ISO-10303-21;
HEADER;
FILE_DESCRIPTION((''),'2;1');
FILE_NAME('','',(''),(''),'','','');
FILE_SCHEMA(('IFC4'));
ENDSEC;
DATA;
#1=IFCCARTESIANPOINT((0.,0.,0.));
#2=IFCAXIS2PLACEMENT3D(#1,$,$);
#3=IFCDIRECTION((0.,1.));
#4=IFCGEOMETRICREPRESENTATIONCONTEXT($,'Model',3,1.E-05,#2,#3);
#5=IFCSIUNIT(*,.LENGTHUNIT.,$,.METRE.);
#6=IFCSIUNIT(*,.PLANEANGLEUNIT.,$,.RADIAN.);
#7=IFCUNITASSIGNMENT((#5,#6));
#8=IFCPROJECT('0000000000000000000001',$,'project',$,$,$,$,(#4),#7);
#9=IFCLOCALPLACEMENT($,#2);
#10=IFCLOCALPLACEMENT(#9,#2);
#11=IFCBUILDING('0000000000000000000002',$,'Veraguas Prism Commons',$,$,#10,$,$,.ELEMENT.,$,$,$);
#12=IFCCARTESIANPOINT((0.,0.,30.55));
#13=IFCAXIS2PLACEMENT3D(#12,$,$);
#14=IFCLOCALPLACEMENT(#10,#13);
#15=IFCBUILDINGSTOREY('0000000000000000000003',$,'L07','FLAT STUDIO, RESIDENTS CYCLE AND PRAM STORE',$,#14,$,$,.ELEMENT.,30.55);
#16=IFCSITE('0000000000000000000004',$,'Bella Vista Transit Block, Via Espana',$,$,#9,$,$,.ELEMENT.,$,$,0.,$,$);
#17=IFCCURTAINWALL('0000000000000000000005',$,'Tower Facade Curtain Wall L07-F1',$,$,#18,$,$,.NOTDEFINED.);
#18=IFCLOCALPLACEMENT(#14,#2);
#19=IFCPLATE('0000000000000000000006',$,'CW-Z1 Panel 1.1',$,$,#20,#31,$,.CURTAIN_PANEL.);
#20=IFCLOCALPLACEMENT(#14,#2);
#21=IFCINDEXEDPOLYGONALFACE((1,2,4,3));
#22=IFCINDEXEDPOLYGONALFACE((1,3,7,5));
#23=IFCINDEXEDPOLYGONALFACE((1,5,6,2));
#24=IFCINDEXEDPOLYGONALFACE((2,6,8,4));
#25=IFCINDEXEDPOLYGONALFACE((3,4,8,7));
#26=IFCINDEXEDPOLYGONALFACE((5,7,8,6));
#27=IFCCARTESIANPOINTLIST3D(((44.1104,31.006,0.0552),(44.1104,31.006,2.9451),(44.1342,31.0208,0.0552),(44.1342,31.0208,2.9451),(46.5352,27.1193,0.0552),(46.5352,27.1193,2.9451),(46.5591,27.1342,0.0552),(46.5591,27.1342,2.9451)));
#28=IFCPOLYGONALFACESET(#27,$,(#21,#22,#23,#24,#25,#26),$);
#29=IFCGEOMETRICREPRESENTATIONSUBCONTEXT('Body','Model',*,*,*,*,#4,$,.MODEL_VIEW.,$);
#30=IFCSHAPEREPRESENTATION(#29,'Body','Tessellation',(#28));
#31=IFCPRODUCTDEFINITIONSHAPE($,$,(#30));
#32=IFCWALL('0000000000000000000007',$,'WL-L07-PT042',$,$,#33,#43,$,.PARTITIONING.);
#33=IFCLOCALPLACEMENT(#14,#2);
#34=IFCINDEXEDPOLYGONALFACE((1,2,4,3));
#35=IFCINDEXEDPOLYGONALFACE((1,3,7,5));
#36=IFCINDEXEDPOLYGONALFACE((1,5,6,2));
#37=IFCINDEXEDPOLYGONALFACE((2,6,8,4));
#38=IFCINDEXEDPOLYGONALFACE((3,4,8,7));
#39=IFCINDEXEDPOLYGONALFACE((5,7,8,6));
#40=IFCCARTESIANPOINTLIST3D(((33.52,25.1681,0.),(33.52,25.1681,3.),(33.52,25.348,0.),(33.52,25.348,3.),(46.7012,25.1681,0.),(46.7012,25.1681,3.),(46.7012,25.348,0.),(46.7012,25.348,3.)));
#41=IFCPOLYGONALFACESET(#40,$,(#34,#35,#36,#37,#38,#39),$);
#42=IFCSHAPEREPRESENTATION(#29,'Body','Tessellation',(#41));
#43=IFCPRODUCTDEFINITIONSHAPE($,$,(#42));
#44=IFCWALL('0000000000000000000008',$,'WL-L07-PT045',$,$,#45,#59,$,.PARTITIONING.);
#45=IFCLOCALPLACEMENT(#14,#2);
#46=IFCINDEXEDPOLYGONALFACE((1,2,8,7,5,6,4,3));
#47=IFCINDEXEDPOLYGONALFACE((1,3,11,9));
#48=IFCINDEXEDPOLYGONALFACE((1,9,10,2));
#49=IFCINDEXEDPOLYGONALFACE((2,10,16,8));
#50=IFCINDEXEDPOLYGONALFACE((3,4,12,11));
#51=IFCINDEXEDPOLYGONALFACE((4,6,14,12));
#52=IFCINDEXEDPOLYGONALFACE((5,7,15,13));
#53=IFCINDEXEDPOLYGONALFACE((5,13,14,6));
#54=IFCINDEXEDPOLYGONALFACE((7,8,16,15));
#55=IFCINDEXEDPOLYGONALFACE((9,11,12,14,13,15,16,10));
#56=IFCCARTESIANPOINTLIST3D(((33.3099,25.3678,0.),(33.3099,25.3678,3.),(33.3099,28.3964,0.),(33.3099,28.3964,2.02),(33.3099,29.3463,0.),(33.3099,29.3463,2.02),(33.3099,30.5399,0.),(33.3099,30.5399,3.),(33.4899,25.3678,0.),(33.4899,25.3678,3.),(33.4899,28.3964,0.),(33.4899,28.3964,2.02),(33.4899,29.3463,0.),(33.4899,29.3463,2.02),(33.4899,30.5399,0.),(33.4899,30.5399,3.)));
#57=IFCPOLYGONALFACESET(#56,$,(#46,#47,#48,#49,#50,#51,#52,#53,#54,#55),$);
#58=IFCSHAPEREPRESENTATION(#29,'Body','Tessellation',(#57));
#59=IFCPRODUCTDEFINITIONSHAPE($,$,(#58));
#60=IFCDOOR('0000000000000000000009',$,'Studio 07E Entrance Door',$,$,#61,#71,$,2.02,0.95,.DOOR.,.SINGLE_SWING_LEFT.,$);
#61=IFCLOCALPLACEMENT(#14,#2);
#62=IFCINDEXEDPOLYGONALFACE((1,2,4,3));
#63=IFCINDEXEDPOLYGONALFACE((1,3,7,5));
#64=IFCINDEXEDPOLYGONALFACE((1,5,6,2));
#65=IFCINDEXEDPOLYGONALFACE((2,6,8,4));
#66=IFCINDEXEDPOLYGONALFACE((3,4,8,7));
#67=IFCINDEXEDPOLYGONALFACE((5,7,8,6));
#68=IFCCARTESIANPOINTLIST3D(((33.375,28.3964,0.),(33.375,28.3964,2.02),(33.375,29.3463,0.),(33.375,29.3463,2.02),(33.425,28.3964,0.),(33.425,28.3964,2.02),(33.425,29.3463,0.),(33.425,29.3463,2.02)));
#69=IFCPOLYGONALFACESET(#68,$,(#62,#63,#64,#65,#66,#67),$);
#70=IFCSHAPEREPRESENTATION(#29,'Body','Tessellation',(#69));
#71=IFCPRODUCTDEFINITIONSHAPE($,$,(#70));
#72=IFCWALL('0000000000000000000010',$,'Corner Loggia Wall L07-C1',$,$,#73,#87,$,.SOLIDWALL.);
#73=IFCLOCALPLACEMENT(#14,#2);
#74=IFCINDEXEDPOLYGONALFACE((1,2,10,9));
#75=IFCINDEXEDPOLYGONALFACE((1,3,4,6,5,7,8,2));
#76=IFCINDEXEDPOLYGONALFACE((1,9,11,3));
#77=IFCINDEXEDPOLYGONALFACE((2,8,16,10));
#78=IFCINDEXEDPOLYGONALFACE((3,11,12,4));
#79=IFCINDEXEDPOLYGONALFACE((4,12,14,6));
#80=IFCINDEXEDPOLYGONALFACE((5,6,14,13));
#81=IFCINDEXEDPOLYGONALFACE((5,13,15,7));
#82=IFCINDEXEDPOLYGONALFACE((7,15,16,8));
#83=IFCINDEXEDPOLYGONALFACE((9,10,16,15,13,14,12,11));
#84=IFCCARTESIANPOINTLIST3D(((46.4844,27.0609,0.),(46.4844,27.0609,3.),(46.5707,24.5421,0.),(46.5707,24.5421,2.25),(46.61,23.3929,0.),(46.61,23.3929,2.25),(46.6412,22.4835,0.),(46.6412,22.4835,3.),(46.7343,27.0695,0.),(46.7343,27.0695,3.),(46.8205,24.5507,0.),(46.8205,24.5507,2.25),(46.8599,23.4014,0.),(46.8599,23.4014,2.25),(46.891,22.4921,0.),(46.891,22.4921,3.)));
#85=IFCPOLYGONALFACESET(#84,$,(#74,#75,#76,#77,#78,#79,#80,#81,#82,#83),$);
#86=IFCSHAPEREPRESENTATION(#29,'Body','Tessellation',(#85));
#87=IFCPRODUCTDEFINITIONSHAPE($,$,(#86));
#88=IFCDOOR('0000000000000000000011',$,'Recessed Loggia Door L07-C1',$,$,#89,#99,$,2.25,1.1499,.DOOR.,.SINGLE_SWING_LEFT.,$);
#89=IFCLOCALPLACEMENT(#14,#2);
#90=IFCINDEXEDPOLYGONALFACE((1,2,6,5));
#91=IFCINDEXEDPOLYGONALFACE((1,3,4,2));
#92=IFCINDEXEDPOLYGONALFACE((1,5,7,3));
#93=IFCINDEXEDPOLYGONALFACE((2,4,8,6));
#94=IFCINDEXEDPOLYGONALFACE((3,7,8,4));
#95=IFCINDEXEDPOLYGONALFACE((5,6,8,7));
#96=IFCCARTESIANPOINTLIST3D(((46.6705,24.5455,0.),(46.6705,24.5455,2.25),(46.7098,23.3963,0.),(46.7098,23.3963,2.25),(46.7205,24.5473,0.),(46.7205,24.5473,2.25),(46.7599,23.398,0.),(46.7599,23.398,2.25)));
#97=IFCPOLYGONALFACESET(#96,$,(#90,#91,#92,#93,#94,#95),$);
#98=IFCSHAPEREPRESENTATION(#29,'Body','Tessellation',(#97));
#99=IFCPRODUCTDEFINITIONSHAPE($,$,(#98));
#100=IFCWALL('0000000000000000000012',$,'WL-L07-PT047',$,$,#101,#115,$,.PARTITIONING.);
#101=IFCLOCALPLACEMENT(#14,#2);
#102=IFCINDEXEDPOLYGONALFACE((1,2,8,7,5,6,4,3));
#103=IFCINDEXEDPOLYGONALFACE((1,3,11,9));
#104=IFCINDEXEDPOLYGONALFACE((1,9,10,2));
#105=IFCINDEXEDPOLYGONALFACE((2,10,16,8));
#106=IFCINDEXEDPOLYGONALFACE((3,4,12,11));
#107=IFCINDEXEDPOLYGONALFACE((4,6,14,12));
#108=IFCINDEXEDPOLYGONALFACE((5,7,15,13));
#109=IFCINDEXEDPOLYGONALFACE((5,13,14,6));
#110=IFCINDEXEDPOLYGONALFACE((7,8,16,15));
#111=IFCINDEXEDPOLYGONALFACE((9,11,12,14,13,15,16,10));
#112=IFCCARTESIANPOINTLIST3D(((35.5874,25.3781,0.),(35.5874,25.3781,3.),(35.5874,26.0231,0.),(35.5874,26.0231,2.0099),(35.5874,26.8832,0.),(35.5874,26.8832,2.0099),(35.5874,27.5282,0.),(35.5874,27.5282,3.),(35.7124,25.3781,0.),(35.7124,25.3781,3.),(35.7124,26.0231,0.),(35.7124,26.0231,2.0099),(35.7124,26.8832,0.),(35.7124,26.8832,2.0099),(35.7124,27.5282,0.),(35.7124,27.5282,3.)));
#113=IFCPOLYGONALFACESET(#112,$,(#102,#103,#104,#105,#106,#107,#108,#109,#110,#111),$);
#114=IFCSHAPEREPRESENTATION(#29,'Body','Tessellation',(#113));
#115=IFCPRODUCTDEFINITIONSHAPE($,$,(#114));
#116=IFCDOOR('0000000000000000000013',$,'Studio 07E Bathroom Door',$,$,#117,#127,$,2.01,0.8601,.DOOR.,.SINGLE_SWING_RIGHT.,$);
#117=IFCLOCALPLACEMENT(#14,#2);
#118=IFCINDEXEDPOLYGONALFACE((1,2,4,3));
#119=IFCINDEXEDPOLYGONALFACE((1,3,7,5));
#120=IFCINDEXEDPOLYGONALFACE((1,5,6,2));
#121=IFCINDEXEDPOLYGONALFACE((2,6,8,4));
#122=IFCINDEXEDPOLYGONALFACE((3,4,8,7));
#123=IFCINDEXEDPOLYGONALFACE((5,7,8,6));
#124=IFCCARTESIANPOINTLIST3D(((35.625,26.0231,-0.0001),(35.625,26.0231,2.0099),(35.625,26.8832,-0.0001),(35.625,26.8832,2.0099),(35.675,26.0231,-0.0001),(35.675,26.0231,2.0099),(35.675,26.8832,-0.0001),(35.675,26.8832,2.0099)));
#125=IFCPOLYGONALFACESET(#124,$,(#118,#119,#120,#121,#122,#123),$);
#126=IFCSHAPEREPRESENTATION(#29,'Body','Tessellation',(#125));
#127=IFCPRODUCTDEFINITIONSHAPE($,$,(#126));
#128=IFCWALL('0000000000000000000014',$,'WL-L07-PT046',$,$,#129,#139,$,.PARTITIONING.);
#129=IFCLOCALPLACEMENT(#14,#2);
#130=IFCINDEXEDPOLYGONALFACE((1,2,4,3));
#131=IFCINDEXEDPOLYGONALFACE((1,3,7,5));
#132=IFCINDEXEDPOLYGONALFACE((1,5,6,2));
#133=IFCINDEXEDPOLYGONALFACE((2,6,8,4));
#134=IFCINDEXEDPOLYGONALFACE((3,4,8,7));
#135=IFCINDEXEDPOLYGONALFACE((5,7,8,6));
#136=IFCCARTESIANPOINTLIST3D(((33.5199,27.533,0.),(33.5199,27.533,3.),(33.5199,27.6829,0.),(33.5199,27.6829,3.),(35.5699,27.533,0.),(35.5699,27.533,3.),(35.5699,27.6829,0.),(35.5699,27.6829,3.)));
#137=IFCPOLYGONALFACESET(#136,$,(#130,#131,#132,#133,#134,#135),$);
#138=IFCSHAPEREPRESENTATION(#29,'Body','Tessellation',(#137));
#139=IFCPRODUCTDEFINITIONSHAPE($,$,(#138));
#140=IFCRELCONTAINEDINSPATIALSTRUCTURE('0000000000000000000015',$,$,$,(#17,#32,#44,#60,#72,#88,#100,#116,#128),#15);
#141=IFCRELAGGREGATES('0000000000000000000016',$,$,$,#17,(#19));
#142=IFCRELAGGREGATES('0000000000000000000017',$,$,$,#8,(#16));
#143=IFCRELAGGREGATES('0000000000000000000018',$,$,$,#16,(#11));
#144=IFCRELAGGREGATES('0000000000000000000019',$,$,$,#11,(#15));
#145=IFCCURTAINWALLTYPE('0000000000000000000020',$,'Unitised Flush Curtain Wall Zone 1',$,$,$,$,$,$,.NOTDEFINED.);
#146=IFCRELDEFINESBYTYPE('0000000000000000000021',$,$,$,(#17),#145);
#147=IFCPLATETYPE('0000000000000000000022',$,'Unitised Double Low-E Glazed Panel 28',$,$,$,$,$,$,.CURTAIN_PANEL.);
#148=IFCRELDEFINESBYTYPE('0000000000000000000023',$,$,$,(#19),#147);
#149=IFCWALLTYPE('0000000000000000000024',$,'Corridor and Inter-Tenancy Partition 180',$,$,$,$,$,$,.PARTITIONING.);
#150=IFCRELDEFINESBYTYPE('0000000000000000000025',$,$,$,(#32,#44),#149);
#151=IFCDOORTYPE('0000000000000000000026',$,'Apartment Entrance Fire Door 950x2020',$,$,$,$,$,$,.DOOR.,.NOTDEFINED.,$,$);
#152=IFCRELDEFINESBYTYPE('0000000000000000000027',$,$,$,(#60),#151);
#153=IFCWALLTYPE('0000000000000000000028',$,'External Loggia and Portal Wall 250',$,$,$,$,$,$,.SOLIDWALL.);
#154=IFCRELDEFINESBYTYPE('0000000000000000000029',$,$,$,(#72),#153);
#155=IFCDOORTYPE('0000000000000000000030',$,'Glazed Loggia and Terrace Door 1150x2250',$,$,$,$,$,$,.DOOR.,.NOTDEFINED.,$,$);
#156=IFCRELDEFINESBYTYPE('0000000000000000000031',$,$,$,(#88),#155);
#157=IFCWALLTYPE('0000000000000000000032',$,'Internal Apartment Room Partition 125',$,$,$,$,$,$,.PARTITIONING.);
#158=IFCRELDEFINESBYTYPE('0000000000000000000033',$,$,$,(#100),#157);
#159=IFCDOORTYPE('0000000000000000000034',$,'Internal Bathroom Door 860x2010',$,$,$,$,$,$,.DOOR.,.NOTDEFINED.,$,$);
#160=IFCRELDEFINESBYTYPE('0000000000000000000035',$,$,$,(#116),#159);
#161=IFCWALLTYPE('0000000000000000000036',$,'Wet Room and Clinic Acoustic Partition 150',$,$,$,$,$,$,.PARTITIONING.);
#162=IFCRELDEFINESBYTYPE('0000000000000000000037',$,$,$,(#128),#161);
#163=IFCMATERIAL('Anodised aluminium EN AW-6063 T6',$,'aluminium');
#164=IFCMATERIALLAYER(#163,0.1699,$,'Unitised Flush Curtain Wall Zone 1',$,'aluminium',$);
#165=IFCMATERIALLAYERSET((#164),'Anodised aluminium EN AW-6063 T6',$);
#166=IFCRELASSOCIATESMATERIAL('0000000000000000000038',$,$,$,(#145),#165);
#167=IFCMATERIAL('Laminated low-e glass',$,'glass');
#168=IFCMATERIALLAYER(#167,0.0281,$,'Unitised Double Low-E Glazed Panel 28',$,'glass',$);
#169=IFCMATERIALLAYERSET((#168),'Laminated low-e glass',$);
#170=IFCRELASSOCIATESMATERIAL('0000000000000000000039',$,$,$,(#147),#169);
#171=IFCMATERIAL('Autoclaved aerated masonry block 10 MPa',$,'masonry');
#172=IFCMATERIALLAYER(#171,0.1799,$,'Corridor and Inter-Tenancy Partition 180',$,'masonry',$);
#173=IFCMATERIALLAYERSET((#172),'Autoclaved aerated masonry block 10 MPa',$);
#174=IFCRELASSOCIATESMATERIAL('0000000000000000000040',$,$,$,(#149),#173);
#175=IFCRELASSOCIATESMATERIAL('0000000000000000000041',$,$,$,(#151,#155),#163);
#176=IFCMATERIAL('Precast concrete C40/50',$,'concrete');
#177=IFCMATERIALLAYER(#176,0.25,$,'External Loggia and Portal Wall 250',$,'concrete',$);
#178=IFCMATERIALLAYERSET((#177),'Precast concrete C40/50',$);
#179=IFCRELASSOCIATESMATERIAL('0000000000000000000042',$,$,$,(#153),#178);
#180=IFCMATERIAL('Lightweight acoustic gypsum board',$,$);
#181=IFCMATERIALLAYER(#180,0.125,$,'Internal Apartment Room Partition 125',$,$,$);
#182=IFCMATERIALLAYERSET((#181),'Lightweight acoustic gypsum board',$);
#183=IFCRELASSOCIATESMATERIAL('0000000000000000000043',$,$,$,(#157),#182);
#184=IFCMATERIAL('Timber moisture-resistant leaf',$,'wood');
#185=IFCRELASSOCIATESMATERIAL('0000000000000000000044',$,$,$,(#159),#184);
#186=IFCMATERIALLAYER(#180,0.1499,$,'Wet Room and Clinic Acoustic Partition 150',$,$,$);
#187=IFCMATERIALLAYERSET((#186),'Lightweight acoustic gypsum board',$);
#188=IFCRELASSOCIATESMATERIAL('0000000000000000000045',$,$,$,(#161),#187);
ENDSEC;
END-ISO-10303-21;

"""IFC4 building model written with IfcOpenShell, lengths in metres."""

from ifc_helpers import new_model, si_unit, direction, frame, frame_2d, origin, origin_2d, place, context, subcontext, project, spatial, rectangle, extrude, source, transform, mapped, material, layer, layer_set, type_object, element, fill, aggregate, save


model = new_model("IFC4")

# Units and contexts
model_context = context("Model", 3, precision=1e-05, world=origin(), true_north=direction((0.0, 1.0)))
body_context = subcontext(model_context, "Body", "Model", "MODEL_VIEW")
ifc_project = project(units=[si_unit("LENGTHUNIT", "METRE"), si_unit("PLANEANGLEUNIT", "RADIAN")], contexts=[model_context])

# Site, building, storey
site_placement = place(None, origin())
site = spatial("IfcSite", under=ifc_project, at=site_placement, Name="Bella Vista Transit Block, Via Espana", CompositionType="ELEMENT", RefElevation=0.0)
building_placement = place(site_placement, origin())
building = spatial("IfcBuilding", under=site, at=building_placement, Name="Veraguas Prism Commons", CompositionType="ELEMENT")
storey_placement = place(building_placement, frame((0.0, 0.0, 30.55)))
storey = spatial("IfcBuildingStorey", under=building, at=storey_placement, Name="L07", Description="FLAT STUDIO, RESIDENTS CYCLE AND PRAM STORE", CompositionType="ELEMENT", Elevation=30.55)

# Curtain wall, plate
ifc_material_1 = material(Name="Anodised aluminium EN AW-6063 T6", Category="aluminium")
ifc_layer_1 = layer(ifc_material_1, 0.1699, Name="Unitised Flush Curtain Wall Zone 1", Category="aluminium")
ifc_layer_set_1 = layer_set([ifc_layer_1], Name="Anodised aluminium EN AW-6063 T6")
curtain_wall_type = type_object("IfcCurtainWallType", Name="Unitised Flush Curtain Wall Zone 1", PredefinedType="NOTDEFINED", material=ifc_layer_set_1)
curtain_wall_placement = place(storey_placement, origin())
curtain_wall = element("IfcCurtainWall", 1, at=curtain_wall_placement, inside=storey, type_object=curtain_wall_type, Name="Tower Facade Curtain Wall L07-F1", PredefinedType="NOTDEFINED")
ifc_material_2 = material(Name="Laminated low-e glass", Category="glass")
ifc_layer_2 = layer(ifc_material_2, 0.0281, Name="Unitised Double Low-E Glazed Panel 28", Category="glass")
ifc_layer_set_2 = layer_set([ifc_layer_2], Name="Laminated low-e glass")
plate_type = type_object("IfcPlateType", Name="Unitised Double Low-E Glazed Panel 28", PredefinedType="CURTAIN_PANEL", material=ifc_layer_set_2)
shared_shape_1 = source(origin(), body_context, "Body", "SweptSolid", [
    extrude(rectangle(XDim=4.5811, YDim=0.0281, at=origin_2d()), origin(), (0.0, 0.0, 1.0), 2.8899),
])
plate_placement = place(storey_placement, frame((45.3347, 29.0701, 0.0552), z_axis=(0.0, 0.0, 1.0), x_axis=(-0.529324, 0.84842, 0.0)))
plate = element("IfcPlate", 2, at=plate_placement, type_object=plate_type, Name="CW-Z1 Panel 1.1", PredefinedType="CURTAIN_PANEL", context=body_context, shape_type="MappedRepresentation", body=[
    mapped(shared_shape_1, transform((0.0, 0.0, 0.0), scale=1.0)),
])
aggregate(curtain_wall, [plate])

# Wall
ifc_material_3 = material(Name="Autoclaved aerated masonry block 10 MPa", Category="masonry")
ifc_layer_3 = layer(ifc_material_3, 0.1799, Name="Corridor and Inter-Tenancy Partition 180", Category="masonry")
ifc_layer_set_3 = layer_set([ifc_layer_3], Name="Autoclaved aerated masonry block 10 MPa")
wall_type_1 = type_object("IfcWallType", Name="Corridor and Inter-Tenancy Partition 180", PredefinedType="PARTITIONING", material=ifc_layer_set_3)
wall_1_placement = place(storey_placement, frame((33.52, 25.2581, 0.0), z_axis=(0.0, 0.0, 1.0), x_axis=(1.0, 0.0, 0.0)))
element("IfcWall", 3, at=wall_1_placement, inside=storey, type_object=wall_type_1, Name="WL-L07-PT042", PredefinedType="PARTITIONING", context=body_context, shape_type="SweptSolid", body=[
    extrude(rectangle(XDim=13.1812, YDim=0.1799, at=frame_2d((6.5906, 0.0))), origin(), (0.0, 0.0, 1.0), 3.0),
])

# Walls, openings, doors
wall_2_placement = place(storey_placement, frame((33.3999, 25.3679, 0.0), z_axis=(0.0, 0.0, 1.0), x_axis=(0.0, 1.0, 0.0)))
wall_2 = element("IfcWall", 4, at=wall_2_placement, inside=storey, type_object=wall_type_1, Name="WL-L07-PT045", PredefinedType="PARTITIONING", context=body_context, shape_type="SweptSolid", body=[
    extrude(rectangle(XDim=5.1721, YDim=0.1799, at=frame_2d((2.5859, 0.0))), origin(), (0.0, 0.0, 1.0), 3.0),
])
opening_1_placement = place(wall_2_placement, frame((3.0283, 0.0, 0.0)))
opening_1 = element("IfcOpeningElement", 5, at=opening_1_placement, cuts=wall_2, PredefinedType="OPENING", context=body_context, shape_type="SweptSolid", body=[
    extrude(rectangle(XDim=0.95, YDim=2.02, at=frame_2d((0.4751, 1.01))), frame((0.0, 0.0999, 0.0), z_axis=(0.0, -1.0, 0.0), x_axis=(1.0, 0.0, 0.0)), (0.0, 0.0, 1.0), 0.2),
])
door_type_1 = type_object("IfcDoorType", Name="Apartment Entrance Fire Door 950x2020", OperationType="NOTDEFINED", PredefinedType="DOOR", material=ifc_material_1)
shared_shape_2 = source(origin(), body_context, "Body", "SweptSolid", [
    extrude(rectangle(XDim=0.95, YDim=2.02, at=frame_2d((0.4751, 1.01))), frame((0.0, 0.0249, 0.0), z_axis=(0.0, -1.0, 0.0), x_axis=(1.0, 0.0, 0.0)), (0.0, 0.0, 1.0), 0.05),
])
door_1_placement = place(opening_1_placement, origin())
door_1 = element("IfcDoor", 6, at=door_1_placement, inside=storey, type_object=door_type_1, Name="Studio 07E Entrance Door", OperationType="SINGLE_SWING_LEFT", OverallHeight=2.02, OverallWidth=0.95, PredefinedType="DOOR", context=body_context, shape_type="MappedRepresentation", body=[
    mapped(shared_shape_2, transform((0.0, 0.0, 0.0), scale=1.0)),
])
fill(opening_1, door_1)
ifc_material_4 = material(Name="Precast concrete C40/50", Category="concrete")
ifc_layer_4 = layer(ifc_material_4, 0.25, Name="External Loggia and Portal Wall 250", Category="concrete")
ifc_layer_set_4 = layer_set([ifc_layer_4], Name="Precast concrete C40/50")
wall_type_2 = type_object("IfcWallType", Name="External Loggia and Portal Wall 250", PredefinedType="SOLIDWALL", material=ifc_layer_set_4)
wall_3_placement = place(storey_placement, frame((46.7661, 22.4878, 0.0), z_axis=(0.0, 0.0, 1.0), x_axis=(-0.034222, 0.999414, 0.0)))
wall_3 = element("IfcWall", 7, at=wall_3_placement, inside=storey, type_object=wall_type_2, Name="Corner Loggia Wall L07-C1", PredefinedType="SOLIDWALL", context=body_context, shape_type="SweptSolid", body=[
    extrude(rectangle(XDim=4.5801, YDim=0.25, at=frame_2d((2.29, 0.0))), origin(), (0.0, 0.0, 1.0), 3.0),
])
opening_2_placement = place(wall_3_placement, frame((0.9099, 0.0, 0.0)))
opening_2 = element("IfcOpeningElement", 8, at=opening_2_placement, cuts=wall_3, PredefinedType="OPENING", context=body_context, shape_type="SweptSolid", body=[
    extrude(rectangle(XDim=1.1499, YDim=2.25, at=frame_2d((0.575, 1.125))), frame((0.0, 0.135, 0.0), z_axis=(0.0, -1.0, 0.0), x_axis=(1.0, 0.0, 0.0)), (0.0, 0.0, 1.0), 0.27),
])
door_type_2 = type_object("IfcDoorType", Name="Glazed Loggia and Terrace Door 1150x2250", OperationType="NOTDEFINED", PredefinedType="DOOR", material=ifc_material_1)
shared_shape_3 = source(origin(), body_context, "Body", "SweptSolid", [
    extrude(rectangle(XDim=1.1499, YDim=2.25, at=frame_2d((0.575, 1.125))), frame((0.0, 0.0249, 0.0), z_axis=(0.0, -1.0, 0.0), x_axis=(1.0, 0.0, 0.0)), (0.0, 0.0, 1.0), 0.05),
])
door_2_placement = place(opening_2_placement, frame((1.1499, 0.0, 0.0), z_axis=(0.0, 0.0, 1.0), x_axis=(-1.0, 0.0, 0.0)))
door_2 = element("IfcDoor", 9, at=door_2_placement, inside=storey, type_object=door_type_2, Name="Recessed Loggia Door L07-C1", OperationType="SINGLE_SWING_LEFT", OverallHeight=2.25, OverallWidth=1.1499, PredefinedType="DOOR", context=body_context, shape_type="MappedRepresentation", body=[
    mapped(shared_shape_3, transform((0.0, 0.0, 0.0), scale=1.0)),
])
fill(opening_2, door_2)
ifc_material_5 = material(Name="Lightweight acoustic gypsum board")
ifc_layer_5 = layer(ifc_material_5, 0.125, Name="Internal Apartment Room Partition 125")
ifc_layer_set_5 = layer_set([ifc_layer_5], Name="Lightweight acoustic gypsum board")
wall_type_3 = type_object("IfcWallType", Name="Internal Apartment Room Partition 125", PredefinedType="PARTITIONING", material=ifc_layer_set_5)
wall_4_placement = place(storey_placement, frame((35.6499, 25.3779, 0.0), z_axis=(0.0, 0.0, 1.0), x_axis=(0.0, 1.0, 0.0)))
wall_4 = element("IfcWall", 10, at=wall_4_placement, inside=storey, type_object=wall_type_3, Name="WL-L07-PT047", PredefinedType="PARTITIONING", context=body_context, shape_type="SweptSolid", body=[
    extrude(rectangle(XDim=2.1501, YDim=0.125, at=frame_2d((1.0752, 0.0))), origin(), (0.0, 0.0, 1.0), 3.0),
])
opening_3_placement = place(wall_4_placement, frame((0.645, 0.0, 0.0)))
opening_3 = element("IfcOpeningElement", 11, at=opening_3_placement, cuts=wall_4, PredefinedType="OPENING", context=body_context, shape_type="SweptSolid", body=[
    extrude(rectangle(XDim=0.8601, YDim=2.01, at=frame_2d((0.4302, 1.0049))), frame((0.0, 0.0725, 0.0), z_axis=(0.0, -1.0, 0.0), x_axis=(1.0, 0.0, 0.0)), (0.0, 0.0, 1.0), 0.145),
])
ifc_material_6 = material(Name="Timber moisture-resistant leaf", Category="wood")
door_type_3 = type_object("IfcDoorType", Name="Internal Bathroom Door 860x2010", OperationType="NOTDEFINED", PredefinedType="DOOR", material=ifc_material_6)
shared_shape_4 = source(origin(), body_context, "Body", "SweptSolid", [
    extrude(rectangle(XDim=0.8601, YDim=2.01, at=frame_2d((0.4302, 1.0049))), frame((0.0, 0.0249, 0.0), z_axis=(0.0, -1.0, 0.0), x_axis=(1.0, 0.0, 0.0)), (0.0, 0.0, 1.0), 0.05),
])
door_3_placement = place(opening_3_placement, origin())
door_3 = element("IfcDoor", 12, at=door_3_placement, inside=storey, type_object=door_type_3, Name="Studio 07E Bathroom Door", OperationType="SINGLE_SWING_RIGHT", OverallHeight=2.01, OverallWidth=0.8601, PredefinedType="DOOR", context=body_context, shape_type="MappedRepresentation", body=[
    mapped(shared_shape_4, transform((0.0, 0.0, 0.0), scale=1.0)),
])
fill(opening_3, door_3)

# Wall
ifc_layer_6 = layer(ifc_material_5, 0.1499, Name="Wet Room and Clinic Acoustic Partition 150")
ifc_layer_set_6 = layer_set([ifc_layer_6], Name="Lightweight acoustic gypsum board")
wall_type_4 = type_object("IfcWallType", Name="Wet Room and Clinic Acoustic Partition 150", PredefinedType="PARTITIONING", material=ifc_layer_set_6)
wall_5_placement = place(storey_placement, frame((33.52, 27.6079, 0.0), z_axis=(0.0, 0.0, 1.0), x_axis=(1.0, 0.0, 0.0)))
element("IfcWall", 13, at=wall_5_placement, inside=storey, type_object=wall_type_4, Name="WL-L07-PT046", PredefinedType="PARTITIONING", context=body_context, shape_type="SweptSolid", body=[
    extrude(rectangle(XDim=2.05, YDim=0.1499, at=frame_2d((1.0249, 0.0))), origin(), (0.0, 0.0, 1.0), 3.0),
])

save(model, "model.ifc")
